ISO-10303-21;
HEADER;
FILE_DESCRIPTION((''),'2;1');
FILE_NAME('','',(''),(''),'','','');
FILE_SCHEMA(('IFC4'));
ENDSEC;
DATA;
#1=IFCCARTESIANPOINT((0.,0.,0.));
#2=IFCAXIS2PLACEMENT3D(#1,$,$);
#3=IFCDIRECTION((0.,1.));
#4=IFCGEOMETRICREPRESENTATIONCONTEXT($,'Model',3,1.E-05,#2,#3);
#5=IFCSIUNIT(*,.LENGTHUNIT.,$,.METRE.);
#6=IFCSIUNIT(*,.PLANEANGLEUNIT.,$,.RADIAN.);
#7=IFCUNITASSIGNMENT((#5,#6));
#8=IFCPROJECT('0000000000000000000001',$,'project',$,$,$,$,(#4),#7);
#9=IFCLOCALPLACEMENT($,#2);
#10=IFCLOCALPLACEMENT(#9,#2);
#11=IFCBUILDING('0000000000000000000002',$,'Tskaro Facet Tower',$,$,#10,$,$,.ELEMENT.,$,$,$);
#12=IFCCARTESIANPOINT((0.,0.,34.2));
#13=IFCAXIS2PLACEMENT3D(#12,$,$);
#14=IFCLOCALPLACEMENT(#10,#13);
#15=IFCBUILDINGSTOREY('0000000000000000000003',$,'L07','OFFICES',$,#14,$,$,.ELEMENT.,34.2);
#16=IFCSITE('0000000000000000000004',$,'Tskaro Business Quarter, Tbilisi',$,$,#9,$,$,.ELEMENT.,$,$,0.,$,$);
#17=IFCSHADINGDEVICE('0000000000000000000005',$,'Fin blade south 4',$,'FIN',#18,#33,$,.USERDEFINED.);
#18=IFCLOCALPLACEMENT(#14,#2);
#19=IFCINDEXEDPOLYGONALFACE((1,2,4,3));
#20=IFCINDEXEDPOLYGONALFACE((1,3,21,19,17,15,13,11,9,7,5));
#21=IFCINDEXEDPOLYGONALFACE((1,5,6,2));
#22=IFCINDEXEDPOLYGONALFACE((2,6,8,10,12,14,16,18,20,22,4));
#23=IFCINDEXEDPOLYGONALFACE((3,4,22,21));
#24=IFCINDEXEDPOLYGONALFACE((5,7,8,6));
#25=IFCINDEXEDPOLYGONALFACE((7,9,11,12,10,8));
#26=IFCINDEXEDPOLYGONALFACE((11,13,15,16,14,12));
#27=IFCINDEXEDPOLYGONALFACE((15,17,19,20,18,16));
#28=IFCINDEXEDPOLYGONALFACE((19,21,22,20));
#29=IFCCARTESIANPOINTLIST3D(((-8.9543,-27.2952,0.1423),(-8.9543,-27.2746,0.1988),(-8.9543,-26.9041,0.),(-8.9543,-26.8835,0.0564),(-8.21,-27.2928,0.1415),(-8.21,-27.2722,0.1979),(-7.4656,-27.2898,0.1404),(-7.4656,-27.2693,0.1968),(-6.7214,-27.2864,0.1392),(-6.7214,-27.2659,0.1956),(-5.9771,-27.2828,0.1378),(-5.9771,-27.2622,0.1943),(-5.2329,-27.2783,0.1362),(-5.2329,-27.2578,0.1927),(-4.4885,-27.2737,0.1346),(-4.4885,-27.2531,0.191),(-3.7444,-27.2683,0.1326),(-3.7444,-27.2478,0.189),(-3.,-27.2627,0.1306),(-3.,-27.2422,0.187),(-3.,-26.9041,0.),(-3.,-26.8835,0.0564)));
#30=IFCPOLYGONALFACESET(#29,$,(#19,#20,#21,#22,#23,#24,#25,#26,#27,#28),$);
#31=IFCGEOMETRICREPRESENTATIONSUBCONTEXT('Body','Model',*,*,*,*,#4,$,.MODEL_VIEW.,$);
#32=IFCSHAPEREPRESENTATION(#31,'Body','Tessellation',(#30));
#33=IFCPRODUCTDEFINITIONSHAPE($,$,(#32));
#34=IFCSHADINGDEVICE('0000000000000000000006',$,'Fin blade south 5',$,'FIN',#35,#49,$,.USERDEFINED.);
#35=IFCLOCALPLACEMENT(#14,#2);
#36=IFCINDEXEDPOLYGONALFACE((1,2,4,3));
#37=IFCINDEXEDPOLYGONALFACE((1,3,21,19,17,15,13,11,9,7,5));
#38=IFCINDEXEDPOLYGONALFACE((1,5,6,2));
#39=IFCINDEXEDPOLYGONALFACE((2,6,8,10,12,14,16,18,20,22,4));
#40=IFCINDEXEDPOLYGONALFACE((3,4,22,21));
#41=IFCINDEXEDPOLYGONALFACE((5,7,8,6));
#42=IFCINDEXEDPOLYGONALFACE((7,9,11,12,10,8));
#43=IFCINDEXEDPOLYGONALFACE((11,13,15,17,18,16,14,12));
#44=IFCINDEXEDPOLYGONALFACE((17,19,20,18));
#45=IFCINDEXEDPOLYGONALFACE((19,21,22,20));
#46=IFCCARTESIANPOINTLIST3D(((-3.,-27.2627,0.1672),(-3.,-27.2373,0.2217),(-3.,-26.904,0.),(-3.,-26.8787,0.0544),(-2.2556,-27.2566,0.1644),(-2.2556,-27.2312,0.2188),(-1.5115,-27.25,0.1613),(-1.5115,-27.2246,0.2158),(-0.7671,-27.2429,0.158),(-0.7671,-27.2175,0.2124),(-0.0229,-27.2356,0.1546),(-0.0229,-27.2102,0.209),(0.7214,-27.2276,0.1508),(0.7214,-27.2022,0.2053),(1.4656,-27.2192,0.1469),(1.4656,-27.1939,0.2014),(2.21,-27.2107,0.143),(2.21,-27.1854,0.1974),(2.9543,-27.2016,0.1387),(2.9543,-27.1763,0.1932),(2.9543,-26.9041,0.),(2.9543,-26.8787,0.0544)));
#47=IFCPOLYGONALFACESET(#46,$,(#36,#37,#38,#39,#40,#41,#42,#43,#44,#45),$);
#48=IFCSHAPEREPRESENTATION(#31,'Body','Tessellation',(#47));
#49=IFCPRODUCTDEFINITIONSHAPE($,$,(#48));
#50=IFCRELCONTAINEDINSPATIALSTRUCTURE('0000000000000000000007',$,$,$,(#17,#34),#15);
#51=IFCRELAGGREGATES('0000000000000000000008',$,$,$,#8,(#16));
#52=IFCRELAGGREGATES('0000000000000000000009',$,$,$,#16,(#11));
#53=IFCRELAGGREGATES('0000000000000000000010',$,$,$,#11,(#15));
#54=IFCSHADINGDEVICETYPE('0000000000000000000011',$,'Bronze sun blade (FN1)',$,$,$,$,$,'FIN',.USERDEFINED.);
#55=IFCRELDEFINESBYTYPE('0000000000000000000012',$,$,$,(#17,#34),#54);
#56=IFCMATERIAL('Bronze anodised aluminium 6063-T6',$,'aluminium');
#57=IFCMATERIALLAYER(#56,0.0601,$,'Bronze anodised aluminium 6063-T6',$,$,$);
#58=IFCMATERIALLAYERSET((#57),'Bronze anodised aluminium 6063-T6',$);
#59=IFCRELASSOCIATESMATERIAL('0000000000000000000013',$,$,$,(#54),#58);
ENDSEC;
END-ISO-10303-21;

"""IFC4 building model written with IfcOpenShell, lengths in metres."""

from ifc_helpers import new_model, si_unit, direction, frame, origin, place, context, subcontext, project, spatial, polyline, outline, extrude, material, layer, layer_set, type_object, element, save


model = new_model("IFC4")

# Units and contexts
model_context = context("Model", 3, precision=1e-05, world=origin(), true_north=direction((0.0, 1.0)))
body_context = subcontext(model_context, "Body", "Model", "MODEL_VIEW")
ifc_project = project(units=[si_unit("LENGTHUNIT", "METRE"), si_unit("PLANEANGLEUNIT", "RADIAN")], contexts=[model_context])

# Site, building, storey
site_placement = place(None, origin())
site = spatial("IfcSite", under=ifc_project, at=site_placement, Name="Tskaro Business Quarter, Tbilisi", CompositionType="ELEMENT", RefElevation=0.0)
building_placement = place(site_placement, origin())
building = spatial("IfcBuilding", under=site, at=building_placement, Name="Tskaro Facet Tower", CompositionType="ELEMENT")
storey_placement = place(building_placement, frame((0.0, 0.0, 34.2)))
storey = spatial("IfcBuildingStorey", under=building, at=storey_placement, Name="L07", Description="OFFICES", CompositionType="ELEMENT", Elevation=34.2)

# Shared definitions
ifc_material_1 = material(Name="Bronze anodised aluminium 6063-T6", Category="aluminium")

# Shading devices
ifc_layer_1 = layer(ifc_material_1, 0.0601, Name="Bronze anodised aluminium 6063-T6")
ifc_layer_set_1 = layer_set([ifc_layer_1], Name="Bronze anodised aluminium 6063-T6")
shading_device_type = type_object("IfcShadingDeviceType", Name="Bronze sun blade (FN1)", ElementType="FIN", PredefinedType="USERDEFINED", material=ifc_layer_set_1)
shading_device_1_placement = place(storey_placement, frame((-8.9543, -26.8835, 0.0564), z_axis=(-0.000008, 0.342091, 0.939667), x_axis=(1.0, 0.000003, 0.000008)))
element("IfcShadingDevice", 1, at=shading_device_1_placement, inside=storey, type_object=shading_device_type, Name="Fin blade south 4", ObjectType="FIN", PredefinedType="USERDEFINED", context=body_context, shape_type="SweptSolid", body=[
    extrude(outline(polyline([(0.0, 0.0), (5.9543, 0.0), (5.9543, -0.3817), (5.21, -0.3876), (4.4658, -0.3933), (3.7214, -0.3983), (2.9773, -0.403), (2.2329, -0.4069), (1.4888, -0.4105), (0.7444, -0.4137), (0.0, -0.4162), (0.0, 0.0)])), origin(), (0.0, 0.0, -1.0), 0.0601),
])
shading_device_2_placement = place(storey_placement, frame((-3.0, -26.8787, 0.0544), z_axis=(0.000007, 0.422594, 0.906319), x_axis=(1.0, -0.000003, -0.000007)))
element("IfcShadingDevice", 2, at=shading_device_2_placement, inside=storey, type_object=shading_device_type, Name="Fin blade south 5", ObjectType="FIN", PredefinedType="USERDEFINED", context=body_context, shape_type="SweptSolid", body=[
    extrude(outline(polyline([(0.0, 0.0), (5.9543, 0.0), (5.9543, -0.3283), (5.21, -0.3384), (4.4656, -0.3478), (3.7214, -0.3569), (2.9771, -0.3658), (2.2329, -0.3739), (1.4885, -0.3817), (0.7444, -0.3889), (0.0, -0.3957), (0.0, 0.0)])), origin(), (0.0, 0.0, -1.0), 0.0601),
])

save(model, "model.ifc")
